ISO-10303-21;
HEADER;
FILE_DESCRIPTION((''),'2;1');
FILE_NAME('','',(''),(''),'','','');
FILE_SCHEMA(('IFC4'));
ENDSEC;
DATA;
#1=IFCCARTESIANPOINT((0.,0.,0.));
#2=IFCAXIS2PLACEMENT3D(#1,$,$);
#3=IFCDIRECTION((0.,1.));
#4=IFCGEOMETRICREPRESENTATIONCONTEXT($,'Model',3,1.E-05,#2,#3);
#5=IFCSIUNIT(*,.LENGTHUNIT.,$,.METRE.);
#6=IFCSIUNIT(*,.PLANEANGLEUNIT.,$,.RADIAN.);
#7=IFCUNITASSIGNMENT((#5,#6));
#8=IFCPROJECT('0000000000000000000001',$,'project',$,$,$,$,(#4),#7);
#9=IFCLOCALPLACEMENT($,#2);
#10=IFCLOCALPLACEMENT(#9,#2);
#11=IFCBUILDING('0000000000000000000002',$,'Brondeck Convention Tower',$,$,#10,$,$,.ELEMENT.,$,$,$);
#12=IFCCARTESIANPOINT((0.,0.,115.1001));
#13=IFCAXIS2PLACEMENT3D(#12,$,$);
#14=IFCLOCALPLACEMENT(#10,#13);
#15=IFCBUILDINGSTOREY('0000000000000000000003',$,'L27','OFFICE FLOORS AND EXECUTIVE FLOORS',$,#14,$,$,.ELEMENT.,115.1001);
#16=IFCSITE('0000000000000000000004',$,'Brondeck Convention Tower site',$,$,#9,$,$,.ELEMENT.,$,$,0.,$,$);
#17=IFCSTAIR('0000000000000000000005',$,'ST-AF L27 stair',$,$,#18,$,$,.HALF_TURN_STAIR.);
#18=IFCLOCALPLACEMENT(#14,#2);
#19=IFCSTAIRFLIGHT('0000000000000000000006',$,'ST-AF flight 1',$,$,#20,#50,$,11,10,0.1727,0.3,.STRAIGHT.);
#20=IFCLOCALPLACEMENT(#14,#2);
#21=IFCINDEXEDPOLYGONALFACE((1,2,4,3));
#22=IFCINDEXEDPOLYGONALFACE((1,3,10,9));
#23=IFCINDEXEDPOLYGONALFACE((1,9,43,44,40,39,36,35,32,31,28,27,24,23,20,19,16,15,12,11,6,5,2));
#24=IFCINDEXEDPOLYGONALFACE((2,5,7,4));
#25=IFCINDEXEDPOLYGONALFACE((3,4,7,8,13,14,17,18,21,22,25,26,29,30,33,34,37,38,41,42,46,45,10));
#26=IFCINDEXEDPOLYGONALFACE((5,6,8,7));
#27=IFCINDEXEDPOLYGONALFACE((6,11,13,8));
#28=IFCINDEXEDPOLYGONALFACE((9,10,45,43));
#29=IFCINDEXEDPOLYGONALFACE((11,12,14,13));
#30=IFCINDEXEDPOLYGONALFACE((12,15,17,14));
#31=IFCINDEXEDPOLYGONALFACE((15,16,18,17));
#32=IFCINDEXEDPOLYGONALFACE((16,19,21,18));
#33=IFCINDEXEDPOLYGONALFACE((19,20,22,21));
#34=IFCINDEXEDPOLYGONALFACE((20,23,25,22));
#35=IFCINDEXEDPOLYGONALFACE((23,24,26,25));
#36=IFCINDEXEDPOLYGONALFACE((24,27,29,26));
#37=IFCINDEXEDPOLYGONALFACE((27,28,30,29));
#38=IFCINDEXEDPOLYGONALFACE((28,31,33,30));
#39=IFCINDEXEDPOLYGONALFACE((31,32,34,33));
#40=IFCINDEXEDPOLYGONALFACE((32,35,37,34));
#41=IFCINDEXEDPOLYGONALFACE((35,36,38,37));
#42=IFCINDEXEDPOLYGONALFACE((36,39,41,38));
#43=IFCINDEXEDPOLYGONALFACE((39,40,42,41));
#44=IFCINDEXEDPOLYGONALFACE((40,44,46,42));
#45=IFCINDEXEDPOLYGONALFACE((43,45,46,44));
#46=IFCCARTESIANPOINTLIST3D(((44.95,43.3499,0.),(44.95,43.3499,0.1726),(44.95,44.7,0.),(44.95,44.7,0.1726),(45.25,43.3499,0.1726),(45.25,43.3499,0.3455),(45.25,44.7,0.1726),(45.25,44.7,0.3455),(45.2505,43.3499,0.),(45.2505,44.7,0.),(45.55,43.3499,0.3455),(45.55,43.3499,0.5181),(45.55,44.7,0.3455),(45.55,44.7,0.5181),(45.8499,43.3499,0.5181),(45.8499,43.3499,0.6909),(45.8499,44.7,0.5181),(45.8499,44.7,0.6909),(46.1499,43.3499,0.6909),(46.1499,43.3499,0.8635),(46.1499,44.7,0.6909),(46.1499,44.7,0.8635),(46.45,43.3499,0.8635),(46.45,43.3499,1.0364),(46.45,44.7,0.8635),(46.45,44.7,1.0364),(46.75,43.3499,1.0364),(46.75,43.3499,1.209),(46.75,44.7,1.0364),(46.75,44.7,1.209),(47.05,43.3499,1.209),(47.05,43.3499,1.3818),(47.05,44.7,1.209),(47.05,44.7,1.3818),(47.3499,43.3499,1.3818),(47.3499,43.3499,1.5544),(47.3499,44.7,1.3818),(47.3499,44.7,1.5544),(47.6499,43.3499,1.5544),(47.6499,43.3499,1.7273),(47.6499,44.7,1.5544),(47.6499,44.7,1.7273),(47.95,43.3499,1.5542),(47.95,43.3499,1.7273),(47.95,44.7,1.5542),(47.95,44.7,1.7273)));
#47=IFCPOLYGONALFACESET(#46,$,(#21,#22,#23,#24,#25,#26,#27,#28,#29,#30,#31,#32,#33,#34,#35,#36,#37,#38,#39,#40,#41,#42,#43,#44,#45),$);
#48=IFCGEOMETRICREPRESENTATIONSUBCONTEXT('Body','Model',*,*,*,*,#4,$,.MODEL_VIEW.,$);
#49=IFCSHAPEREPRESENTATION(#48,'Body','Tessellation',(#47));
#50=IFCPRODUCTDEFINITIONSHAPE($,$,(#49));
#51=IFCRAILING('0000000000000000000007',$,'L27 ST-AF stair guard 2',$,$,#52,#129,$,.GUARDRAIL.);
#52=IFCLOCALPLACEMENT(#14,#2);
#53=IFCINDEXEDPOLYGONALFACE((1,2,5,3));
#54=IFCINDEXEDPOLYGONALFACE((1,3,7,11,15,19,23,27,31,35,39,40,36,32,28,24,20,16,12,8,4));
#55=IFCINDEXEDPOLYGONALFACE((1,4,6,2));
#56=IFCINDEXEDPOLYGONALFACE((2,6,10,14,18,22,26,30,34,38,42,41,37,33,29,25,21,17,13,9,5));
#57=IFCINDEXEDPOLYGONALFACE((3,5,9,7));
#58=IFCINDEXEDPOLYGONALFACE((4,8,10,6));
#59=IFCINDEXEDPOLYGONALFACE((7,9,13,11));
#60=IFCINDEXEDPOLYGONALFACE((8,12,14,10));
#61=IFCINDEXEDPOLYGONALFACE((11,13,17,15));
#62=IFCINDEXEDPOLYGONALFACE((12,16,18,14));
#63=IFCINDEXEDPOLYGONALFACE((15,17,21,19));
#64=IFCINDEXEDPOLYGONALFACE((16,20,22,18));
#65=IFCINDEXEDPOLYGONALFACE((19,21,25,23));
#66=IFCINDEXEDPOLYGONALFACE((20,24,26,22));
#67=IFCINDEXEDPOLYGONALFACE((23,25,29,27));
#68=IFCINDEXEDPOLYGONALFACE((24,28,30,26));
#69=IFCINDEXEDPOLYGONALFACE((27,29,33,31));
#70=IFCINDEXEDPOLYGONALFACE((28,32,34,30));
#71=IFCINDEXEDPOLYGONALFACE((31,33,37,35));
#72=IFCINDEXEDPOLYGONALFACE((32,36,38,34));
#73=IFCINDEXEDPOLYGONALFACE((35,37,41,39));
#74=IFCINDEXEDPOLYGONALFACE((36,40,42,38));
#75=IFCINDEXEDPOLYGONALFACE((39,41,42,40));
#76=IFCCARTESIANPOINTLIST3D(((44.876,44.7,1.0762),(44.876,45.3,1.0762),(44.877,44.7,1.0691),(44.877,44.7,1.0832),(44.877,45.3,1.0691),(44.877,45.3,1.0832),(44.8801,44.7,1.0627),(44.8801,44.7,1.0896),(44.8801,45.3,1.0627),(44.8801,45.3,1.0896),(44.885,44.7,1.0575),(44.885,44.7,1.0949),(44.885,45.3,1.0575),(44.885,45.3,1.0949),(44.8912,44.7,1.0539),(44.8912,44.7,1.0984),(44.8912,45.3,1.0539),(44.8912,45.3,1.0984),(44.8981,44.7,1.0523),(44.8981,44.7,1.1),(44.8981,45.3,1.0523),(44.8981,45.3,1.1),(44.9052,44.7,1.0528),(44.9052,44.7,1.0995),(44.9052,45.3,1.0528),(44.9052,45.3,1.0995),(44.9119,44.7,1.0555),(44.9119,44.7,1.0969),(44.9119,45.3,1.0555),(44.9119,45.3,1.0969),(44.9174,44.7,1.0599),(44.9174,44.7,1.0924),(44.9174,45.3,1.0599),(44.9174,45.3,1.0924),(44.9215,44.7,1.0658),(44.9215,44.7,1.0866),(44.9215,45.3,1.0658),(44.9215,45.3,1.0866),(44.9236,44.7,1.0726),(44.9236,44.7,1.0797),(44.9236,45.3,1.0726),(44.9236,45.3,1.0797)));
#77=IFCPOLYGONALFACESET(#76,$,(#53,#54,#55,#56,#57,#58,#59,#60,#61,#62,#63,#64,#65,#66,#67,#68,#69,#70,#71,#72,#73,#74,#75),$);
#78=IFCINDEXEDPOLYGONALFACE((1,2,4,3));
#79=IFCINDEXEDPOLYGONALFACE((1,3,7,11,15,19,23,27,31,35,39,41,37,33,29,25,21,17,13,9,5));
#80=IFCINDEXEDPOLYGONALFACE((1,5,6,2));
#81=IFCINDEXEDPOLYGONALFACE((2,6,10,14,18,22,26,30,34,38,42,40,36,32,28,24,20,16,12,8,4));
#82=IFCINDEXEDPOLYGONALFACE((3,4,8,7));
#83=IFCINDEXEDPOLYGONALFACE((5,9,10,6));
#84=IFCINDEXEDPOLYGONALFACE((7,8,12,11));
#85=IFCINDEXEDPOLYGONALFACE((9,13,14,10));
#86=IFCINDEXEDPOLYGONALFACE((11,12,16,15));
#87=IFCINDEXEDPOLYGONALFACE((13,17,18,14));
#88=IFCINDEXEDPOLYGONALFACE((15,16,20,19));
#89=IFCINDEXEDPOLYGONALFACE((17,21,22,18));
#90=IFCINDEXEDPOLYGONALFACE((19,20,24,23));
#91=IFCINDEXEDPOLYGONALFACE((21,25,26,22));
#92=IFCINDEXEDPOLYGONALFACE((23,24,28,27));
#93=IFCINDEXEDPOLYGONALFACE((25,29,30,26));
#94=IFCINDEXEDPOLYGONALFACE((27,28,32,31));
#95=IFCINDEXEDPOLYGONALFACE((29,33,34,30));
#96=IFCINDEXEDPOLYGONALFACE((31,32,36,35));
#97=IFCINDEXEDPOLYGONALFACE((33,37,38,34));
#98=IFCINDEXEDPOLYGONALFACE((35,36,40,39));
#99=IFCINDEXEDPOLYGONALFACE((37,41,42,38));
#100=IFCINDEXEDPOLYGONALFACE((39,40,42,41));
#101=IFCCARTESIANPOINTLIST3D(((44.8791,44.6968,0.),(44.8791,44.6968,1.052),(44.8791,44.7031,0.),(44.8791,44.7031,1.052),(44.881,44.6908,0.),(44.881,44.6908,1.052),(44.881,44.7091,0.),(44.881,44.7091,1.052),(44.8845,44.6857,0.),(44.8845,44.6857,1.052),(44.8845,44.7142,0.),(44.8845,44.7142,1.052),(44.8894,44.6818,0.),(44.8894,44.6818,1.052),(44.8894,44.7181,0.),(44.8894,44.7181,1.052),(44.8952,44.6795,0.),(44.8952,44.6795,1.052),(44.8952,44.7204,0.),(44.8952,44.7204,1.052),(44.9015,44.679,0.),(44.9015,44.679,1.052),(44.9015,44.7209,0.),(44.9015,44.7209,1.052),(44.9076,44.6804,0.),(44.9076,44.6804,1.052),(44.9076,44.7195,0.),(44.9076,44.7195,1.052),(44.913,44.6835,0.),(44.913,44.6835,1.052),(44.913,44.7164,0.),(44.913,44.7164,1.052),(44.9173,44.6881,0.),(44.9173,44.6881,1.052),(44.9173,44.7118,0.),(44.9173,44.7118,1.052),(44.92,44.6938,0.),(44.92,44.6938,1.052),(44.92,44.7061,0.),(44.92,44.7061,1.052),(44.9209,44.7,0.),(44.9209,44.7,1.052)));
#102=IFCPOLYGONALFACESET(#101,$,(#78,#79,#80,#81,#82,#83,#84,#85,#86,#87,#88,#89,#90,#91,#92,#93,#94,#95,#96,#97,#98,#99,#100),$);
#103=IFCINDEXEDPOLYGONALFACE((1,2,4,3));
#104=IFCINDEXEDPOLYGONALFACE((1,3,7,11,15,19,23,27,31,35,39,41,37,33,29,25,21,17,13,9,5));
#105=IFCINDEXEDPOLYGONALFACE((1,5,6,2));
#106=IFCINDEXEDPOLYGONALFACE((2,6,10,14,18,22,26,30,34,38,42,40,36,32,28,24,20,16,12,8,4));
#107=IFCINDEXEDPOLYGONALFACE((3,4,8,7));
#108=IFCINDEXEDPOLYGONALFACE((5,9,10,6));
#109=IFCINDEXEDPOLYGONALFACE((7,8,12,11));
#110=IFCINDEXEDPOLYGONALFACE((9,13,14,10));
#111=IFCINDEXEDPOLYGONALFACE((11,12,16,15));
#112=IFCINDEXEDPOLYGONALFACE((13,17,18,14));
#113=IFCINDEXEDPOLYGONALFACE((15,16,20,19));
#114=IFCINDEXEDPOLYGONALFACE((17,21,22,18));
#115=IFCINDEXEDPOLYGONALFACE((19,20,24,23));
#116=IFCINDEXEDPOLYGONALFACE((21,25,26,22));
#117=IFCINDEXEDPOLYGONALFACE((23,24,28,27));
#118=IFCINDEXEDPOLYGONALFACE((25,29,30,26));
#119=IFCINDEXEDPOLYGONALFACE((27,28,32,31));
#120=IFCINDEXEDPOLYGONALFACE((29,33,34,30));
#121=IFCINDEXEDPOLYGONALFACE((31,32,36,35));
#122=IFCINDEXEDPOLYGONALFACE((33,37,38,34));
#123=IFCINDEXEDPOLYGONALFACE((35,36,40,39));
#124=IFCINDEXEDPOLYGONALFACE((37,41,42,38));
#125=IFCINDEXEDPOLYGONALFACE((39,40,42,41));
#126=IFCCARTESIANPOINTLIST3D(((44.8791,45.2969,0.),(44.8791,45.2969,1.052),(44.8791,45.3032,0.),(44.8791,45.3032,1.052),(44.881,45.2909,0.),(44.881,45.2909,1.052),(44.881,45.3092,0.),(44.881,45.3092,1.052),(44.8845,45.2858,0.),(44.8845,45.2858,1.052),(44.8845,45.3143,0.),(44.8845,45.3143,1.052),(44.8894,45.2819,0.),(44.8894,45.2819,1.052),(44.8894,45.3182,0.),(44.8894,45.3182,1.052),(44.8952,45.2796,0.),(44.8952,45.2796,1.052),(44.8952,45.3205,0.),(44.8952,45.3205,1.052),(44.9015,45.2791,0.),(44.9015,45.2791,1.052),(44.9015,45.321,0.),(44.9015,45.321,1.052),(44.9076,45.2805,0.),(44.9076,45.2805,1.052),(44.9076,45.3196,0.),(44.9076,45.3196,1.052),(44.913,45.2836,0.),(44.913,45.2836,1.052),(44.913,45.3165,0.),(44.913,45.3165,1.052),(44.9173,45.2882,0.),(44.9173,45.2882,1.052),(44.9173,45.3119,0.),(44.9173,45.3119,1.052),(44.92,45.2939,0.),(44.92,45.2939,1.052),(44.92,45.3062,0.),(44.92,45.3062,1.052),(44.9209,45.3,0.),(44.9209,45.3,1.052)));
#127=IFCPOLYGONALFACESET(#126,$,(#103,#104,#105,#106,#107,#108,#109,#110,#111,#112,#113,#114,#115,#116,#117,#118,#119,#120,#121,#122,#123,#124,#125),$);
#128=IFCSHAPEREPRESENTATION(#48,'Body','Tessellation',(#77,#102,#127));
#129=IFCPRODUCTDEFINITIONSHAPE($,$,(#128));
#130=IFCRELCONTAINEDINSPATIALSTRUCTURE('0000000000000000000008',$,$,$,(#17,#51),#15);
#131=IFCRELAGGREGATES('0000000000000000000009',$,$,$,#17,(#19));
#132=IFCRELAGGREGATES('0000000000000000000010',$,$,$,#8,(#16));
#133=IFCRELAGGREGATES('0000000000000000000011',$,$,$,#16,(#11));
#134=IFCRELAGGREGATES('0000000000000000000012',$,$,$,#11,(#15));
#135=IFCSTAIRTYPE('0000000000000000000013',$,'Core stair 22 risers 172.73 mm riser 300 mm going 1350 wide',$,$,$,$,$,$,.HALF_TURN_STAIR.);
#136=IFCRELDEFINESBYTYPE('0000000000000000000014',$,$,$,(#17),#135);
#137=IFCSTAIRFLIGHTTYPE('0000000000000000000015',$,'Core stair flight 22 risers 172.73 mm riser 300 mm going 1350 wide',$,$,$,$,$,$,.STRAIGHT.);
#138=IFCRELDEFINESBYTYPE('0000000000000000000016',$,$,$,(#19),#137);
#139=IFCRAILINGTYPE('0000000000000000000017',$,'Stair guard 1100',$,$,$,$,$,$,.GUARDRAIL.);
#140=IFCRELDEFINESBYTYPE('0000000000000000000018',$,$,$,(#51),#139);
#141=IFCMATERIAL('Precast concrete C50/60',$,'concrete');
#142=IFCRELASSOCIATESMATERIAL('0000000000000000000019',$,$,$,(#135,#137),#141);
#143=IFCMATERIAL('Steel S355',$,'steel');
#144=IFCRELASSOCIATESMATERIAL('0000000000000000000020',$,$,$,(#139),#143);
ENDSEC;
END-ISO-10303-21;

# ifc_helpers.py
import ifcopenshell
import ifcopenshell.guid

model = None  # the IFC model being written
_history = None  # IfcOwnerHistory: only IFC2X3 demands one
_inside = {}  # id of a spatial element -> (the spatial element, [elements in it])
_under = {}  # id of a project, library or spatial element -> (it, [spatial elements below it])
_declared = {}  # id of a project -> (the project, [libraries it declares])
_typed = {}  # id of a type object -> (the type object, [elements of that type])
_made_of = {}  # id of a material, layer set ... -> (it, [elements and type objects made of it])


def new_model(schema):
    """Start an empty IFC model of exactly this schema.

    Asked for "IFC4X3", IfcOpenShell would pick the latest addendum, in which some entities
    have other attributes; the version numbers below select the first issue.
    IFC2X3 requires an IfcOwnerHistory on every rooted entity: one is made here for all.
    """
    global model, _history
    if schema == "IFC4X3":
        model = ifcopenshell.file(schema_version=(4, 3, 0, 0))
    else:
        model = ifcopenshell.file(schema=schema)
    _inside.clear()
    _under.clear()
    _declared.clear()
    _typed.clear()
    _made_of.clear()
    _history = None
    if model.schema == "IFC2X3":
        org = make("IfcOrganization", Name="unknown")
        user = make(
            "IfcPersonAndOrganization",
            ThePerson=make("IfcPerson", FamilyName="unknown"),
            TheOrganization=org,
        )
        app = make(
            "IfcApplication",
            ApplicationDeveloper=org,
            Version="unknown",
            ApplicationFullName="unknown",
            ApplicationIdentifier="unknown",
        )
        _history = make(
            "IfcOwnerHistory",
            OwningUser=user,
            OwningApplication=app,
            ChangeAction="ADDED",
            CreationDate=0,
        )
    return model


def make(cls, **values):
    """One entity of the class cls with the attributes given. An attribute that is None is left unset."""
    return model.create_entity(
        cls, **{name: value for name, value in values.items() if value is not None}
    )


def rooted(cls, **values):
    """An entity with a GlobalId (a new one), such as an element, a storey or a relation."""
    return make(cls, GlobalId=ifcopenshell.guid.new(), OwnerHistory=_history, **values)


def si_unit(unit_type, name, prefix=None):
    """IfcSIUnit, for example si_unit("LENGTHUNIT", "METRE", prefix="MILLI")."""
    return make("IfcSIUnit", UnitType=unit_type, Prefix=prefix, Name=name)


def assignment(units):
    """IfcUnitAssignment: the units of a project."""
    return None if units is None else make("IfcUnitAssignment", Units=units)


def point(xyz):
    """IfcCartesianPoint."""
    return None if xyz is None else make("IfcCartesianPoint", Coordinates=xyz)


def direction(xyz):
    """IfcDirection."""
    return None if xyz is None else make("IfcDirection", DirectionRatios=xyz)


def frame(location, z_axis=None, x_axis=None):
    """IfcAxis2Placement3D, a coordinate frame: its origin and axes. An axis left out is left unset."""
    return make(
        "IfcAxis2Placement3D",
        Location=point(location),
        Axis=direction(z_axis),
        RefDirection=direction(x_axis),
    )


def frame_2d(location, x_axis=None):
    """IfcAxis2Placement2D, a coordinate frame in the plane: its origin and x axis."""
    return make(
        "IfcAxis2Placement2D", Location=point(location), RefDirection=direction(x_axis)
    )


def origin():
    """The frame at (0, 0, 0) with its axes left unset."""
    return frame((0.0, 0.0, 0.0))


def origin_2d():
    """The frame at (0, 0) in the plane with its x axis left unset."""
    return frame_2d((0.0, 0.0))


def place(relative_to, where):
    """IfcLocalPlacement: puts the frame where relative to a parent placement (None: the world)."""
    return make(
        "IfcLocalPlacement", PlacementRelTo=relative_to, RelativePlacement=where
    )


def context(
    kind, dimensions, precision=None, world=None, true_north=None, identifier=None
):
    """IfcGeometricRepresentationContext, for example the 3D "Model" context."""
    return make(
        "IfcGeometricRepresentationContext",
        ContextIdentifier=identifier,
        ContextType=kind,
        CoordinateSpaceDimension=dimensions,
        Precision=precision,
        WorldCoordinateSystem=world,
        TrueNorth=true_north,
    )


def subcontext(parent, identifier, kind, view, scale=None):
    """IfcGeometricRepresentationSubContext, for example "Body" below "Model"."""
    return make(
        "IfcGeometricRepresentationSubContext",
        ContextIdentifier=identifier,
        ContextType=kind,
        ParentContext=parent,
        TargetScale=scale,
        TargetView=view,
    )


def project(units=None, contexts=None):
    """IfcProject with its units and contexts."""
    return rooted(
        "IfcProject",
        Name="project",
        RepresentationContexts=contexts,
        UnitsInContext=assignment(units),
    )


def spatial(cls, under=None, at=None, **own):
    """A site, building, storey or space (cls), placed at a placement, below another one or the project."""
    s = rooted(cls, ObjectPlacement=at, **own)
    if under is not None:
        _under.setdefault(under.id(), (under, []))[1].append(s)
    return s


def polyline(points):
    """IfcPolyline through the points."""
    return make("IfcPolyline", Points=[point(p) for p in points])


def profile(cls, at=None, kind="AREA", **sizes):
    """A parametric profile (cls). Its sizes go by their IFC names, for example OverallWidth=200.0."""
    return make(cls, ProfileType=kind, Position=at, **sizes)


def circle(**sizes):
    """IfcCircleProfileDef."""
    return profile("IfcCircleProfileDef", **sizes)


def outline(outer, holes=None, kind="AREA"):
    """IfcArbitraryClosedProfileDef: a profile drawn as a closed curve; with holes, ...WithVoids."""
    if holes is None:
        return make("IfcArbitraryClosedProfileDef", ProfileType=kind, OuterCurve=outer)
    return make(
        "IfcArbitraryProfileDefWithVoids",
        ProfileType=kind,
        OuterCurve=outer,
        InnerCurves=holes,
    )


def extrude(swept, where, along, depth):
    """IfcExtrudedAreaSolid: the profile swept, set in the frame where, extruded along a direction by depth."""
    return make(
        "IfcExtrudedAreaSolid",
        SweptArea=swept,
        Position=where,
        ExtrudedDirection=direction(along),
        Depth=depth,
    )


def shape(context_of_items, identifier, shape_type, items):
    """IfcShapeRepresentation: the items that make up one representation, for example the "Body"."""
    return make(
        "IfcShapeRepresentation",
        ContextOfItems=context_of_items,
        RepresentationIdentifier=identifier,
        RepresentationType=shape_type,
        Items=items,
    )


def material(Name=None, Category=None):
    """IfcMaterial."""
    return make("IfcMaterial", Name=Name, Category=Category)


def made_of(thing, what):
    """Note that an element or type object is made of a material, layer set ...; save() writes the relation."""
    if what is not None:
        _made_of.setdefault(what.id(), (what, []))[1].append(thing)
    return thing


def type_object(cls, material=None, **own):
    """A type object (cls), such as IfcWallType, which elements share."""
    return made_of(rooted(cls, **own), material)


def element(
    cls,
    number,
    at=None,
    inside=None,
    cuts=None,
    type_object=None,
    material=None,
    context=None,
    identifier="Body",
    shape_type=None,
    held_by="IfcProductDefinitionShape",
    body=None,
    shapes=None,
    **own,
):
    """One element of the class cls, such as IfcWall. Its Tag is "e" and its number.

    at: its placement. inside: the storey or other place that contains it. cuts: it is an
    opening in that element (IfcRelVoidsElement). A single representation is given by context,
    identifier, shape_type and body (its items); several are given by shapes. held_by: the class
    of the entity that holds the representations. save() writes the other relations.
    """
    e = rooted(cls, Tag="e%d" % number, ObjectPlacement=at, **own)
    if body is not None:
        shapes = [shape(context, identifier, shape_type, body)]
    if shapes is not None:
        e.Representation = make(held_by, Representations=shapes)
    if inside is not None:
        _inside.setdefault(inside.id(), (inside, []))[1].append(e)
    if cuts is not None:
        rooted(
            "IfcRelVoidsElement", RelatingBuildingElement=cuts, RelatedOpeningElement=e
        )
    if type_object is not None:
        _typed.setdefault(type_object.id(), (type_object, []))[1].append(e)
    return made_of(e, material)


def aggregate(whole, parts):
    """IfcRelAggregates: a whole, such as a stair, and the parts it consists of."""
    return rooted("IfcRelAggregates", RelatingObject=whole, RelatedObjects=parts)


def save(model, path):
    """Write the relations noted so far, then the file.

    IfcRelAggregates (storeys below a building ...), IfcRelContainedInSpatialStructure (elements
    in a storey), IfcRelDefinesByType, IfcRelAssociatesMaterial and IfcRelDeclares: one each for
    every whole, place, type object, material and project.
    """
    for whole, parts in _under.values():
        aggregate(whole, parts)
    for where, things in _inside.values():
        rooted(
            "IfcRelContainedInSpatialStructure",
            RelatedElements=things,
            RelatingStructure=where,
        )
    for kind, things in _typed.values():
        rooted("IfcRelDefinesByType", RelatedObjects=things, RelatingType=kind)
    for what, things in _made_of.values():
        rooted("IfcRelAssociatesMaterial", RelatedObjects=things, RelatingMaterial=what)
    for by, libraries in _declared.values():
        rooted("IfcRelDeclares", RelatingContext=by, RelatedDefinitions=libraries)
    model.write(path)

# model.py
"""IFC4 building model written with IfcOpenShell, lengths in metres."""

from ifc_helpers import new_model, si_unit, direction, frame, origin, origin_2d, place, context, subcontext, project, spatial, polyline, circle, outline, extrude, material, type_object, element, aggregate, save


model = new_model("IFC4")

# Units and contexts
model_context = context("Model", 3, precision=1e-05, world=origin(), true_north=direction((0.0, 1.0)))
body_context = subcontext(model_context, "Body", "Model", "MODEL_VIEW")
ifc_project = project(units=[si_unit("LENGTHUNIT", "METRE"), si_unit("PLANEANGLEUNIT", "RADIAN")], contexts=[model_context])

# Site, building, storey
site_placement = place(None, origin())
site = spatial("IfcSite", under=ifc_project, at=site_placement, Name="Brondeck Convention Tower site", CompositionType="ELEMENT", RefElevation=0.0)
building_placement = place(site_placement, origin())
building = spatial("IfcBuilding", under=site, at=building_placement, Name="Brondeck Convention Tower", CompositionType="ELEMENT")
storey_placement = place(building_placement, frame((0.0, 0.0, 115.1001)))
storey = spatial("IfcBuildingStorey", under=building, at=storey_placement, Name="L27", Description="OFFICE FLOORS AND EXECUTIVE FLOORS", CompositionType="ELEMENT", Elevation=115.1001)

# Shared definitions
ifc_material_1 = material(Name="Steel S355", Category="steel")

# Stair, stair flight
ifc_material_2 = material(Name="Precast concrete C50/60", Category="concrete")
stair_type = type_object("IfcStairType", Name="Core stair 22 risers 172.73 mm riser 300 mm going 1350 wide", PredefinedType="HALF_TURN_STAIR", material=ifc_material_2)
stair_placement = place(storey_placement, origin())
stair = element("IfcStair", 1, at=stair_placement, inside=storey, type_object=stair_type, Name="ST-AF L27 stair", PredefinedType="HALF_TURN_STAIR")
stair_flight_type = type_object("IfcStairFlightType", Name="Core stair flight 22 risers 172.73 mm riser 300 mm going 1350 wide", PredefinedType="STRAIGHT", material=ifc_material_2)
stair_flight_placement = place(storey_placement, frame((44.95, 44.0249, 0.0), z_axis=(0.0, 0.0, 1.0), x_axis=(1.0, 0.0, 0.0)))
stair_flight = element("IfcStairFlight", 2, at=stair_flight_placement, type_object=stair_flight_type, Name="ST-AF flight 1", NumberOfRisers=11, NumberOfTreads=10, PredefinedType="STRAIGHT", RiserHeight=0.1727, TreadLength=0.3, context=body_context, shape_type="SweptSolid", body=[
    extrude(outline(polyline([(0.0, 0.0), (0.0, 0.1726), (0.3, 0.1726), (0.3, 0.3455), (0.6001, 0.3455), (0.6001, 0.5181), (0.8999, 0.5181), (0.8999, 0.6909), (1.2, 0.6909), (1.2, 0.8635), (1.5, 0.8635), (1.5, 1.0364), (1.8, 1.0364), (1.8, 1.209), (2.1001, 1.209), (2.1001, 1.3818), (2.3999, 1.3818), (2.3999, 1.5544), (2.7, 1.5544), (2.7, 1.7273), (3.0, 1.7273), (3.0, 1.8999), (3.0, 1.5542), (0.3005, 0.0), (0.0, 0.0)])), frame((0.0, 0.675, 0.0), z_axis=(0.0, -1.0, 0.0), x_axis=(1.0, 0.0, 0.0)), (0.0, 0.0, 1.0), 1.3501),
])
aggregate(stair, [stair_flight])

# Railing
railing_type_1 = type_object("IfcRailingType", Name="Stair guard 1100", PredefinedType="GUARDRAIL", material=ifc_material_1)
railing_1_placement = place(storey_placement, frame((44.8999, 44.7, 0.0)))
element("IfcRailing", 3, at=railing_1_placement, inside=storey, type_object=railing_type_1, Name="L27 ST-AF stair guard 2", PredefinedType="GUARDRAIL", context=body_context, shape_type="SweptSolid", body=[
    extrude(circle(Radius=0.0239, at=origin_2d()), frame((0.0, 0.0, 1.0762), z_axis=(0.0, 1.0, 0.0), x_axis=(-1.0, 0.0, 0.0)), (0.0, 0.0, 1.0), 0.6001),
    extrude(circle(Radius=0.021, at=origin_2d()), origin(), (0.0, 0.0, 1.0), 1.052),
    extrude(circle(Radius=0.021, at=origin_2d()), frame((0.0, 0.6001, 0.0)), (0.0, 0.0, 1.0), 1.052),
])

save(model, "model.ifc")
